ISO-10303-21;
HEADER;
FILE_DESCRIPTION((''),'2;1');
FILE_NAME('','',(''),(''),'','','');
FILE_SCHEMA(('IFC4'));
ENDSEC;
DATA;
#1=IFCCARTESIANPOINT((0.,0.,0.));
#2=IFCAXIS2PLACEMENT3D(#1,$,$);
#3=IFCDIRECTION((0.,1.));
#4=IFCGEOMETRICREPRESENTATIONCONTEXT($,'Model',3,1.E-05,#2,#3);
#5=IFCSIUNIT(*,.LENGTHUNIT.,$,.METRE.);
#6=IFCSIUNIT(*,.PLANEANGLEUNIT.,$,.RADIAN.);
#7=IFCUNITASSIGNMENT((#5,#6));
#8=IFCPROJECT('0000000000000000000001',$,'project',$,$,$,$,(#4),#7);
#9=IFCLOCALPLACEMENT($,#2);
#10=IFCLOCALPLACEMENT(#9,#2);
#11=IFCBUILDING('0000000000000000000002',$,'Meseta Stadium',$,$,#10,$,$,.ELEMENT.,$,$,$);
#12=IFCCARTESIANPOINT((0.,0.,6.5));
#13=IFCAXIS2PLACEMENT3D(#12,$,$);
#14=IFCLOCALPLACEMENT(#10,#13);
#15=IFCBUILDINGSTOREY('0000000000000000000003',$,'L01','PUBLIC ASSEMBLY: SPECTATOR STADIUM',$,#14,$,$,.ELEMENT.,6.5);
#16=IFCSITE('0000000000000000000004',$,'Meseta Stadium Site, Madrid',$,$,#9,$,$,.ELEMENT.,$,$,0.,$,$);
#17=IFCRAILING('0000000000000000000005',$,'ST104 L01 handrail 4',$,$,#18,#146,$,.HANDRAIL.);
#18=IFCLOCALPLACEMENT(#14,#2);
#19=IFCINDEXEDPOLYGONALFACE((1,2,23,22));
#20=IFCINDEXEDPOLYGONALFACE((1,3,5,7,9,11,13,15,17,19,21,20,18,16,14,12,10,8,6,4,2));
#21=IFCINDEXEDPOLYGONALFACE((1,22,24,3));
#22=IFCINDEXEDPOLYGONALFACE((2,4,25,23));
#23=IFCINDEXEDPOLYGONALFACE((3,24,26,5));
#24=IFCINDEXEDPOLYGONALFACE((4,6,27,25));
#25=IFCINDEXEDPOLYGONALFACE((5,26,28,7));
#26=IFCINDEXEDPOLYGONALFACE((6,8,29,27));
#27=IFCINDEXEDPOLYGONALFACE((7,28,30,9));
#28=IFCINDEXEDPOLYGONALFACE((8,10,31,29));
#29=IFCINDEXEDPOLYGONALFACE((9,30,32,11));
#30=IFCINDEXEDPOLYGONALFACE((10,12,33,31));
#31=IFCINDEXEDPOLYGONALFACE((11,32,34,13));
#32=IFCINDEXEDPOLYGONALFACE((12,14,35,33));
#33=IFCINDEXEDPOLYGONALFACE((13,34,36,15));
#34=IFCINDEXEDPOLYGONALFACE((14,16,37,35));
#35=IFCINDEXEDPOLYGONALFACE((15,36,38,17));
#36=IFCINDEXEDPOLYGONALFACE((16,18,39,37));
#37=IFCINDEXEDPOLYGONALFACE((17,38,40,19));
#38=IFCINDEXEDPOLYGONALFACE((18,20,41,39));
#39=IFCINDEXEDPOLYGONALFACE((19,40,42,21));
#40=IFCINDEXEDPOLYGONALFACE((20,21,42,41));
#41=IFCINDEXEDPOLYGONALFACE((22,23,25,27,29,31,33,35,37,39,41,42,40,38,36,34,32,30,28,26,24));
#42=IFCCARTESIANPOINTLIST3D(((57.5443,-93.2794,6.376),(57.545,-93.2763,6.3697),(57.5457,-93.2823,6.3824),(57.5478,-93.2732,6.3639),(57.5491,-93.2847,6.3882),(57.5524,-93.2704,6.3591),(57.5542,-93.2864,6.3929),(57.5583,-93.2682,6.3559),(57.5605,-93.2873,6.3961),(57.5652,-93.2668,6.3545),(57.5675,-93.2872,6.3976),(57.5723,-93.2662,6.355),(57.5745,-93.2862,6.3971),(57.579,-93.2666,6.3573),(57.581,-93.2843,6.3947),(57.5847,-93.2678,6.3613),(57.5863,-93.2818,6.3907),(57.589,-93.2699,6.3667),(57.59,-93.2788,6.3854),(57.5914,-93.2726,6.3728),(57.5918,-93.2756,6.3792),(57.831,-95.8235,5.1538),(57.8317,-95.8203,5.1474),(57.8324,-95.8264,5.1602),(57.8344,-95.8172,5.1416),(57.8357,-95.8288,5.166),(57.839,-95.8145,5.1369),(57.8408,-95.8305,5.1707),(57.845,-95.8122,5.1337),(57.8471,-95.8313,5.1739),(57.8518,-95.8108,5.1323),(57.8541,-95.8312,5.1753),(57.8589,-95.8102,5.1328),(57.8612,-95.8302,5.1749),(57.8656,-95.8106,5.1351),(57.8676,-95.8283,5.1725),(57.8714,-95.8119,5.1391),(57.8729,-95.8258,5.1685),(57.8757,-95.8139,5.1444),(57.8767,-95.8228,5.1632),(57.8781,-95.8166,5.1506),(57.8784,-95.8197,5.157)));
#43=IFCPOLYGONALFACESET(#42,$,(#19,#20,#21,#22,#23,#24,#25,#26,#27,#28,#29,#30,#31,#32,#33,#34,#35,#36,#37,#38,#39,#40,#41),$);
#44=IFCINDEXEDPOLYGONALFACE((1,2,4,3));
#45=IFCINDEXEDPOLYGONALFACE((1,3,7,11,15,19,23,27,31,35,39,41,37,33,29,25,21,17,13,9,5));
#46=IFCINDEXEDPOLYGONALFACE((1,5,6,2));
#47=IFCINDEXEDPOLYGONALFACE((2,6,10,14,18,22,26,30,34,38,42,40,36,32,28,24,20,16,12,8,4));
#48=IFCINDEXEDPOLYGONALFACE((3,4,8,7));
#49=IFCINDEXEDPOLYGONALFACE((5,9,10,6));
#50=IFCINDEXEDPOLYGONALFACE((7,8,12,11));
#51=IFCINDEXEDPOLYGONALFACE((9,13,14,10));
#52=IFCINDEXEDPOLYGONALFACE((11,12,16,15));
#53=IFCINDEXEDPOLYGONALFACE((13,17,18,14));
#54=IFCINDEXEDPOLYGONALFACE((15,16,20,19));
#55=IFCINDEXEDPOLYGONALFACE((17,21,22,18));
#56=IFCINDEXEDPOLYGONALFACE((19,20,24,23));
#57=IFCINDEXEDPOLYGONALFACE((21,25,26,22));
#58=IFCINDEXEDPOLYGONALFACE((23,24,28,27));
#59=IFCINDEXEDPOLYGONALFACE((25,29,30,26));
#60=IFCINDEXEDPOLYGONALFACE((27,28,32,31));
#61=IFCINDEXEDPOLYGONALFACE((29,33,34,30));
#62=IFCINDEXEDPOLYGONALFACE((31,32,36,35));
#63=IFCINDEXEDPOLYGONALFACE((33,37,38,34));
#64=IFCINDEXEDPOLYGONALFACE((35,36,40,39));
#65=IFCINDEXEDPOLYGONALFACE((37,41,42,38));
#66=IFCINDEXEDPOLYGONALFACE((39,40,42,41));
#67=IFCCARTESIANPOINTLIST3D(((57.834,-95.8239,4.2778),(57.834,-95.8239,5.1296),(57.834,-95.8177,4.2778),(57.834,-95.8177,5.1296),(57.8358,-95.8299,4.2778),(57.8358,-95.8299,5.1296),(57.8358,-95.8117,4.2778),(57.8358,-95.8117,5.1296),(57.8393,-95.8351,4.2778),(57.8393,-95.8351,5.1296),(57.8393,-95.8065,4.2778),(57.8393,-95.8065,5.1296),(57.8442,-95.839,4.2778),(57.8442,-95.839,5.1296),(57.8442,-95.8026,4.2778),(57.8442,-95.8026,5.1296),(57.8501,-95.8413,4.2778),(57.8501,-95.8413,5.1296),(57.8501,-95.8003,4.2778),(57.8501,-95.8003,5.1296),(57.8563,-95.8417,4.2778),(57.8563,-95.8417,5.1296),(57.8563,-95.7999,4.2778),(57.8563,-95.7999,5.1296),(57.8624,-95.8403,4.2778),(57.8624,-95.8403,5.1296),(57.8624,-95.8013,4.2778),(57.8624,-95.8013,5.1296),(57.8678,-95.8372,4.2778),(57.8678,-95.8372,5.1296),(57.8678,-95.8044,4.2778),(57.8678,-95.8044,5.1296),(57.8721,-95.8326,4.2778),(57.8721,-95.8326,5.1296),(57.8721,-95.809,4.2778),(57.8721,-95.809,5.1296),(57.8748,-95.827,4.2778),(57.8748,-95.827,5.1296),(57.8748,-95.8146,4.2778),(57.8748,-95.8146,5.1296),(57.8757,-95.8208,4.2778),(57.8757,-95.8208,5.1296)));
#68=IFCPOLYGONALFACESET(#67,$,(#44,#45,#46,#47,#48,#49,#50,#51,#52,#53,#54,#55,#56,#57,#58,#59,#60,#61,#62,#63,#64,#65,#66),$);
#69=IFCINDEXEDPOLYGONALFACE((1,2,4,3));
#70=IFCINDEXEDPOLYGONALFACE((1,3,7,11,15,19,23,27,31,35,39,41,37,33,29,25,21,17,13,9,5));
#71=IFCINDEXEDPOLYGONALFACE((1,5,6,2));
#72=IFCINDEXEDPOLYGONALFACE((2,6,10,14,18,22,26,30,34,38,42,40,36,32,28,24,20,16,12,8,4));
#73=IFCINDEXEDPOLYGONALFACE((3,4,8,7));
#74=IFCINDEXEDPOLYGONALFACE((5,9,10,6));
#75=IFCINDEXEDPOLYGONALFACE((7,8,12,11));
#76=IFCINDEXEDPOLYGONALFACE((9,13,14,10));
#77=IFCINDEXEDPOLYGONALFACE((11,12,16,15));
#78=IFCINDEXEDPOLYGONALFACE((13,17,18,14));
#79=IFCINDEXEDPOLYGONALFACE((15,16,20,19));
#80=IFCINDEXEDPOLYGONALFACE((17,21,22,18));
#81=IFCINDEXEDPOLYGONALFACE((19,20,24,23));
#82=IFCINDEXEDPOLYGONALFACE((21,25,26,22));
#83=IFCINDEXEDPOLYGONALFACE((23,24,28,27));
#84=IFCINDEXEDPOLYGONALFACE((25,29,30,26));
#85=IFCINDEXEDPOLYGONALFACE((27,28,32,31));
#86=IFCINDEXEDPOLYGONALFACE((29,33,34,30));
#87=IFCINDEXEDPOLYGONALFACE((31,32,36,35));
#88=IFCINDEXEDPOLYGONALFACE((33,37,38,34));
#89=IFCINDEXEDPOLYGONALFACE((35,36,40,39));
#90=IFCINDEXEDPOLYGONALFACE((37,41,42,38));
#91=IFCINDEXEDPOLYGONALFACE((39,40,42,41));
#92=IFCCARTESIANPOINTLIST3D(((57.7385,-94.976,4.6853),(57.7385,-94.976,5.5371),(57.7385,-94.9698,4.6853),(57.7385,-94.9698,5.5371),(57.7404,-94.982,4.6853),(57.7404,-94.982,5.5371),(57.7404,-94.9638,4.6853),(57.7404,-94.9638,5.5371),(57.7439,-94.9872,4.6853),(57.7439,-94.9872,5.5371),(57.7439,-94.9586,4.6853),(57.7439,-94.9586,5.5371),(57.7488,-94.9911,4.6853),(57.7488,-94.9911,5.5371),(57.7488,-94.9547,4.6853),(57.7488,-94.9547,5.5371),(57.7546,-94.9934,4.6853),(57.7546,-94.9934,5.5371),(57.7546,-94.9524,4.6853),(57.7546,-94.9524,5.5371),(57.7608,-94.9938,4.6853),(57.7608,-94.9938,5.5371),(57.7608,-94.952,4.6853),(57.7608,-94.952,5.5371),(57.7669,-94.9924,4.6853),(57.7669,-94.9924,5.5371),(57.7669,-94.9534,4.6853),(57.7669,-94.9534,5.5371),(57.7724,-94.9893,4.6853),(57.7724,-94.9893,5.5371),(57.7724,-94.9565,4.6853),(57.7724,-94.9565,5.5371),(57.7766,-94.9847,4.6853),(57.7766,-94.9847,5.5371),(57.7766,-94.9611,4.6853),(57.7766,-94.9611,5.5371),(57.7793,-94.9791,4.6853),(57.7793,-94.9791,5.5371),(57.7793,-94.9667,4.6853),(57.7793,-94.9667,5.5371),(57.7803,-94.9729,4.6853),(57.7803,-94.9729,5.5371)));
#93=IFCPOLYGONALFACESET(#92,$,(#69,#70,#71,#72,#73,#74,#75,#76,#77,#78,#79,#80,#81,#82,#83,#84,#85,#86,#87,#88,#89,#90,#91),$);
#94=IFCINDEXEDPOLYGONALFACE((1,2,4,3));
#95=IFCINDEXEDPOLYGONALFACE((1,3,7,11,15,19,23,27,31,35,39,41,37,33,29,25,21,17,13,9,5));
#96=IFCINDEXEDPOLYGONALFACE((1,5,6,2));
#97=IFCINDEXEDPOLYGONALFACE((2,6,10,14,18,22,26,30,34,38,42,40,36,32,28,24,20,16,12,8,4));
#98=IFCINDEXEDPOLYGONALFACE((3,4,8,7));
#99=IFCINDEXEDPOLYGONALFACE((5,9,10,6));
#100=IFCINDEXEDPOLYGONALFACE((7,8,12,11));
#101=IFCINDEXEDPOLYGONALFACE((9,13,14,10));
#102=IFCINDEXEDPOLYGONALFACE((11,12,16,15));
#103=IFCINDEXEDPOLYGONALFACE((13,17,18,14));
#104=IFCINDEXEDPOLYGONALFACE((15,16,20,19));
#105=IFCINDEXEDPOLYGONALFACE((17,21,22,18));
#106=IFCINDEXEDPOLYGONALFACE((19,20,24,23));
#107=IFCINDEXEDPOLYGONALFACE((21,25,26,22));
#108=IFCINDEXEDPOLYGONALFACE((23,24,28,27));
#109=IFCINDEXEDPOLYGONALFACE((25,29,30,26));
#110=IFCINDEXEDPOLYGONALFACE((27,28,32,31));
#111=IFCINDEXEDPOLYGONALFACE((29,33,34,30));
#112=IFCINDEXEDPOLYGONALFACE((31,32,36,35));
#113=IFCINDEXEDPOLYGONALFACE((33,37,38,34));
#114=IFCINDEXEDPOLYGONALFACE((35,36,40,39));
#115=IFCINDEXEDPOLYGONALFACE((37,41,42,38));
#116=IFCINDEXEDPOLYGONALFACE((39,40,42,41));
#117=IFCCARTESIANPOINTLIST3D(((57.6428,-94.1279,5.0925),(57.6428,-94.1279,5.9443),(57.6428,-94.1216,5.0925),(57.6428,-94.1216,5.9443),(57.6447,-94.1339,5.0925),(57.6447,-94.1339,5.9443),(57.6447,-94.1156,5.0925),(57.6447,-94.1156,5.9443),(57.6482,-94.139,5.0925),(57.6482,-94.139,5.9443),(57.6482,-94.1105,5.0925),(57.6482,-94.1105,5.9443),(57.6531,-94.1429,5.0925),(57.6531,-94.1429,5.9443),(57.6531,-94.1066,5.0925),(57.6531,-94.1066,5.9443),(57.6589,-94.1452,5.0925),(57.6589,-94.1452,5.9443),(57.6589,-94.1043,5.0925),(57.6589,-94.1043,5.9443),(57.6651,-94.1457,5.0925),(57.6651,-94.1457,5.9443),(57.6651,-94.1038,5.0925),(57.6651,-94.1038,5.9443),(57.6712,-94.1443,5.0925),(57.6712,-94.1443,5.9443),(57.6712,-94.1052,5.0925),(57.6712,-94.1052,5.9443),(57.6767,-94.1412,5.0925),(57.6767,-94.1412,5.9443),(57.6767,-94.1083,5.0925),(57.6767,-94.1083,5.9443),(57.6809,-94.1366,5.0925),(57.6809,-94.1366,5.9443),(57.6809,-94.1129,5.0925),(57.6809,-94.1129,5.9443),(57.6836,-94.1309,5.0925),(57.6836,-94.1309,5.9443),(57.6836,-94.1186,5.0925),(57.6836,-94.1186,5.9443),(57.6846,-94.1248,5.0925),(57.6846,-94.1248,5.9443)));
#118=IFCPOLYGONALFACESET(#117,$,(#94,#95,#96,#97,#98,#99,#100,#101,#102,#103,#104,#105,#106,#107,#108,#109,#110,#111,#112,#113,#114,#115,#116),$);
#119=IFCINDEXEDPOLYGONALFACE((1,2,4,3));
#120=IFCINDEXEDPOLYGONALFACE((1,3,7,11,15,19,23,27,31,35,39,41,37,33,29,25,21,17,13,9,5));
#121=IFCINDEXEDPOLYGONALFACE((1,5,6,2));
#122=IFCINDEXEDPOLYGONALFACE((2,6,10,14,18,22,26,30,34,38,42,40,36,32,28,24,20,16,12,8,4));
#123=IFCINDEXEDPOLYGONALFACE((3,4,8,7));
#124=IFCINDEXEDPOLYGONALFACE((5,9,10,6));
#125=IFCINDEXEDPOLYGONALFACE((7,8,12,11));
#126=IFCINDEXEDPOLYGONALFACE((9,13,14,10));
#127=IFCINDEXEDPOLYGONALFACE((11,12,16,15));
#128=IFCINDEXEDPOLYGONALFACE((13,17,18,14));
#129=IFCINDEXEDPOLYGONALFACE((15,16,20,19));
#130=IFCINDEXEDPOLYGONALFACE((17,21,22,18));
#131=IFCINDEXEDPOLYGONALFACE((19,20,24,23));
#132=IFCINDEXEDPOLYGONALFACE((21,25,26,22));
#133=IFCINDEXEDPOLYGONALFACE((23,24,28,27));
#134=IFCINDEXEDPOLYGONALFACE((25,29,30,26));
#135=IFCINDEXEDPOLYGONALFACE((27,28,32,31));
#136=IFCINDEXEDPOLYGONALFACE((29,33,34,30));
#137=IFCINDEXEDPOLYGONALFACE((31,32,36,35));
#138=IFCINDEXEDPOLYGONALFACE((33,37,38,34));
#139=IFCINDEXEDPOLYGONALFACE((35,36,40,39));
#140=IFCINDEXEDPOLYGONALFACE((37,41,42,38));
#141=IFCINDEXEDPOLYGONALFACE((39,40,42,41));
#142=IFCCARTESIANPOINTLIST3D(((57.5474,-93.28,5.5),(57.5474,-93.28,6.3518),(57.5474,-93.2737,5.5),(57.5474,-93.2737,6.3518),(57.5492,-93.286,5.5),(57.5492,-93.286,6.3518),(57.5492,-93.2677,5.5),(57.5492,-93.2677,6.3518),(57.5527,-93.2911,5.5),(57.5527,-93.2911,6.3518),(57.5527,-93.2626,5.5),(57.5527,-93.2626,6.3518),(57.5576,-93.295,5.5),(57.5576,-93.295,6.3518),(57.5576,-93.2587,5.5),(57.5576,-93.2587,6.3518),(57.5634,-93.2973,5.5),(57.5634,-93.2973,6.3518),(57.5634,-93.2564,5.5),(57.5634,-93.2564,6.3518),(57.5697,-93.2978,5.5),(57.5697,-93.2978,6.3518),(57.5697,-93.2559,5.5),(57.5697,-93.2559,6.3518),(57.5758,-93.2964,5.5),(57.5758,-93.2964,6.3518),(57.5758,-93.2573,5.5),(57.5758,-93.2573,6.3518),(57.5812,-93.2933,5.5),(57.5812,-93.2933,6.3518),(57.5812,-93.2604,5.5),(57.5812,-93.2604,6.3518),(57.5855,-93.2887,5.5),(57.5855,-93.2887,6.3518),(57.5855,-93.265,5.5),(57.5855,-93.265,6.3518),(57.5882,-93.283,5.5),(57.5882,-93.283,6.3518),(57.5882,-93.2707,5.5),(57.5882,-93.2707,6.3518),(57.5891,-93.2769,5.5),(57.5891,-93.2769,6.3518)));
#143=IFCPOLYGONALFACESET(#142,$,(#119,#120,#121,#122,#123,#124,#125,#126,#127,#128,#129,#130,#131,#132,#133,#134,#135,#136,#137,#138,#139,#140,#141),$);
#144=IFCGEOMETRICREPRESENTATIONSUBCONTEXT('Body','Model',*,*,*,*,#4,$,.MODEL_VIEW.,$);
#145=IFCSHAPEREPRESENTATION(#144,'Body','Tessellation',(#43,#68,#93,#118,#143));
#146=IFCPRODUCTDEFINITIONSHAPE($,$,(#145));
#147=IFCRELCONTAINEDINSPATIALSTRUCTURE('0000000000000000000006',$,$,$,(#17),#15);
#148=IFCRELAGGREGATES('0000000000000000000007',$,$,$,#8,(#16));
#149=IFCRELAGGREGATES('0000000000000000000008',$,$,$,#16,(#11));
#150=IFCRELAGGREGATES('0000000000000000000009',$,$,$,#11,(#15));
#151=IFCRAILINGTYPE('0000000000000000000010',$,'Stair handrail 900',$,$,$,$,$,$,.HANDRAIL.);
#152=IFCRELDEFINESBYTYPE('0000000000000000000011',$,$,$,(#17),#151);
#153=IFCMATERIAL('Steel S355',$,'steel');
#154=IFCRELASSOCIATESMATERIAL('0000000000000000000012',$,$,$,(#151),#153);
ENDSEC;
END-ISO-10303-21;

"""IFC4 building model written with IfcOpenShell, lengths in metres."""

from ifc_helpers import new_model, si_unit, direction, frame, origin, origin_2d, place, context, subcontext, project, spatial, circle, extrude, material, type_object, element, save


model = new_model("IFC4")

# Units and contexts
model_context = context("Model", 3, precision=1e-05, world=origin(), true_north=direction((0.0, 1.0)))
body_context = subcontext(model_context, "Body", "Model", "MODEL_VIEW")
ifc_project = project(units=[si_unit("LENGTHUNIT", "METRE"), si_unit("PLANEANGLEUNIT", "RADIAN")], contexts=[model_context])

# Site, building, storey
site_placement = place(None, origin())
site = spatial("IfcSite", under=ifc_project, at=site_placement, Name="Meseta Stadium Site, Madrid", CompositionType="ELEMENT", RefElevation=0.0)
building_placement = place(site_placement, origin())
building = spatial("IfcBuilding", under=site, at=building_placement, Name="Meseta Stadium", CompositionType="ELEMENT")
storey_placement = place(building_placement, frame((0.0, 0.0, 6.5)))
storey = spatial("IfcBuildingStorey", under=building, at=storey_placement, Name="L01", Description="PUBLIC ASSEMBLY: SPECTATOR STADIUM", CompositionType="ELEMENT", Elevation=6.5)

# Railing
ifc_material_1 = material(Name="Steel S355", Category="steel")
railing_type_1 = type_object("IfcRailingType", Name="Stair handrail 900", PredefinedType="HANDRAIL", material=ifc_material_1)
railing_1_placement = place(storey_placement, frame((57.8547, -95.8208, 4.2778)))
element("IfcRailing", 1, at=railing_1_placement, inside=storey, type_object=railing_type_1, Name="ST104 L01 handrail 4", PredefinedType="HANDRAIL", context=body_context, shape_type="SweptSolid", body=[
    extrude(circle(Radius=0.0239, at=origin_2d()), frame((0.0, 0.0, 0.876), z_axis=(-0.101036, 0.896762, 0.430824), x_axis=(-0.993713, -0.11196, 0.0)), (0.0, 0.0, 1.0), 2.8369),
    extrude(circle(Radius=0.021, at=origin_2d()), origin(), (0.0, 0.0, 1.0), 0.8518),
    extrude(circle(Radius=0.021, at=origin_2d()), frame((-0.0955, 0.8479, 0.4075)), (0.0, 0.0, 1.0), 0.8518),
    extrude(circle(Radius=0.021, at=origin_2d()), frame((-0.1912, 1.696, 0.8147)), (0.0, 0.0, 1.0), 0.8518),
    extrude(circle(Radius=0.021, at=origin_2d()), frame((-0.2866, 2.5439, 1.2222)), (0.0, 0.0, 1.0), 0.8518),
])

save(model, "model.ifc")
